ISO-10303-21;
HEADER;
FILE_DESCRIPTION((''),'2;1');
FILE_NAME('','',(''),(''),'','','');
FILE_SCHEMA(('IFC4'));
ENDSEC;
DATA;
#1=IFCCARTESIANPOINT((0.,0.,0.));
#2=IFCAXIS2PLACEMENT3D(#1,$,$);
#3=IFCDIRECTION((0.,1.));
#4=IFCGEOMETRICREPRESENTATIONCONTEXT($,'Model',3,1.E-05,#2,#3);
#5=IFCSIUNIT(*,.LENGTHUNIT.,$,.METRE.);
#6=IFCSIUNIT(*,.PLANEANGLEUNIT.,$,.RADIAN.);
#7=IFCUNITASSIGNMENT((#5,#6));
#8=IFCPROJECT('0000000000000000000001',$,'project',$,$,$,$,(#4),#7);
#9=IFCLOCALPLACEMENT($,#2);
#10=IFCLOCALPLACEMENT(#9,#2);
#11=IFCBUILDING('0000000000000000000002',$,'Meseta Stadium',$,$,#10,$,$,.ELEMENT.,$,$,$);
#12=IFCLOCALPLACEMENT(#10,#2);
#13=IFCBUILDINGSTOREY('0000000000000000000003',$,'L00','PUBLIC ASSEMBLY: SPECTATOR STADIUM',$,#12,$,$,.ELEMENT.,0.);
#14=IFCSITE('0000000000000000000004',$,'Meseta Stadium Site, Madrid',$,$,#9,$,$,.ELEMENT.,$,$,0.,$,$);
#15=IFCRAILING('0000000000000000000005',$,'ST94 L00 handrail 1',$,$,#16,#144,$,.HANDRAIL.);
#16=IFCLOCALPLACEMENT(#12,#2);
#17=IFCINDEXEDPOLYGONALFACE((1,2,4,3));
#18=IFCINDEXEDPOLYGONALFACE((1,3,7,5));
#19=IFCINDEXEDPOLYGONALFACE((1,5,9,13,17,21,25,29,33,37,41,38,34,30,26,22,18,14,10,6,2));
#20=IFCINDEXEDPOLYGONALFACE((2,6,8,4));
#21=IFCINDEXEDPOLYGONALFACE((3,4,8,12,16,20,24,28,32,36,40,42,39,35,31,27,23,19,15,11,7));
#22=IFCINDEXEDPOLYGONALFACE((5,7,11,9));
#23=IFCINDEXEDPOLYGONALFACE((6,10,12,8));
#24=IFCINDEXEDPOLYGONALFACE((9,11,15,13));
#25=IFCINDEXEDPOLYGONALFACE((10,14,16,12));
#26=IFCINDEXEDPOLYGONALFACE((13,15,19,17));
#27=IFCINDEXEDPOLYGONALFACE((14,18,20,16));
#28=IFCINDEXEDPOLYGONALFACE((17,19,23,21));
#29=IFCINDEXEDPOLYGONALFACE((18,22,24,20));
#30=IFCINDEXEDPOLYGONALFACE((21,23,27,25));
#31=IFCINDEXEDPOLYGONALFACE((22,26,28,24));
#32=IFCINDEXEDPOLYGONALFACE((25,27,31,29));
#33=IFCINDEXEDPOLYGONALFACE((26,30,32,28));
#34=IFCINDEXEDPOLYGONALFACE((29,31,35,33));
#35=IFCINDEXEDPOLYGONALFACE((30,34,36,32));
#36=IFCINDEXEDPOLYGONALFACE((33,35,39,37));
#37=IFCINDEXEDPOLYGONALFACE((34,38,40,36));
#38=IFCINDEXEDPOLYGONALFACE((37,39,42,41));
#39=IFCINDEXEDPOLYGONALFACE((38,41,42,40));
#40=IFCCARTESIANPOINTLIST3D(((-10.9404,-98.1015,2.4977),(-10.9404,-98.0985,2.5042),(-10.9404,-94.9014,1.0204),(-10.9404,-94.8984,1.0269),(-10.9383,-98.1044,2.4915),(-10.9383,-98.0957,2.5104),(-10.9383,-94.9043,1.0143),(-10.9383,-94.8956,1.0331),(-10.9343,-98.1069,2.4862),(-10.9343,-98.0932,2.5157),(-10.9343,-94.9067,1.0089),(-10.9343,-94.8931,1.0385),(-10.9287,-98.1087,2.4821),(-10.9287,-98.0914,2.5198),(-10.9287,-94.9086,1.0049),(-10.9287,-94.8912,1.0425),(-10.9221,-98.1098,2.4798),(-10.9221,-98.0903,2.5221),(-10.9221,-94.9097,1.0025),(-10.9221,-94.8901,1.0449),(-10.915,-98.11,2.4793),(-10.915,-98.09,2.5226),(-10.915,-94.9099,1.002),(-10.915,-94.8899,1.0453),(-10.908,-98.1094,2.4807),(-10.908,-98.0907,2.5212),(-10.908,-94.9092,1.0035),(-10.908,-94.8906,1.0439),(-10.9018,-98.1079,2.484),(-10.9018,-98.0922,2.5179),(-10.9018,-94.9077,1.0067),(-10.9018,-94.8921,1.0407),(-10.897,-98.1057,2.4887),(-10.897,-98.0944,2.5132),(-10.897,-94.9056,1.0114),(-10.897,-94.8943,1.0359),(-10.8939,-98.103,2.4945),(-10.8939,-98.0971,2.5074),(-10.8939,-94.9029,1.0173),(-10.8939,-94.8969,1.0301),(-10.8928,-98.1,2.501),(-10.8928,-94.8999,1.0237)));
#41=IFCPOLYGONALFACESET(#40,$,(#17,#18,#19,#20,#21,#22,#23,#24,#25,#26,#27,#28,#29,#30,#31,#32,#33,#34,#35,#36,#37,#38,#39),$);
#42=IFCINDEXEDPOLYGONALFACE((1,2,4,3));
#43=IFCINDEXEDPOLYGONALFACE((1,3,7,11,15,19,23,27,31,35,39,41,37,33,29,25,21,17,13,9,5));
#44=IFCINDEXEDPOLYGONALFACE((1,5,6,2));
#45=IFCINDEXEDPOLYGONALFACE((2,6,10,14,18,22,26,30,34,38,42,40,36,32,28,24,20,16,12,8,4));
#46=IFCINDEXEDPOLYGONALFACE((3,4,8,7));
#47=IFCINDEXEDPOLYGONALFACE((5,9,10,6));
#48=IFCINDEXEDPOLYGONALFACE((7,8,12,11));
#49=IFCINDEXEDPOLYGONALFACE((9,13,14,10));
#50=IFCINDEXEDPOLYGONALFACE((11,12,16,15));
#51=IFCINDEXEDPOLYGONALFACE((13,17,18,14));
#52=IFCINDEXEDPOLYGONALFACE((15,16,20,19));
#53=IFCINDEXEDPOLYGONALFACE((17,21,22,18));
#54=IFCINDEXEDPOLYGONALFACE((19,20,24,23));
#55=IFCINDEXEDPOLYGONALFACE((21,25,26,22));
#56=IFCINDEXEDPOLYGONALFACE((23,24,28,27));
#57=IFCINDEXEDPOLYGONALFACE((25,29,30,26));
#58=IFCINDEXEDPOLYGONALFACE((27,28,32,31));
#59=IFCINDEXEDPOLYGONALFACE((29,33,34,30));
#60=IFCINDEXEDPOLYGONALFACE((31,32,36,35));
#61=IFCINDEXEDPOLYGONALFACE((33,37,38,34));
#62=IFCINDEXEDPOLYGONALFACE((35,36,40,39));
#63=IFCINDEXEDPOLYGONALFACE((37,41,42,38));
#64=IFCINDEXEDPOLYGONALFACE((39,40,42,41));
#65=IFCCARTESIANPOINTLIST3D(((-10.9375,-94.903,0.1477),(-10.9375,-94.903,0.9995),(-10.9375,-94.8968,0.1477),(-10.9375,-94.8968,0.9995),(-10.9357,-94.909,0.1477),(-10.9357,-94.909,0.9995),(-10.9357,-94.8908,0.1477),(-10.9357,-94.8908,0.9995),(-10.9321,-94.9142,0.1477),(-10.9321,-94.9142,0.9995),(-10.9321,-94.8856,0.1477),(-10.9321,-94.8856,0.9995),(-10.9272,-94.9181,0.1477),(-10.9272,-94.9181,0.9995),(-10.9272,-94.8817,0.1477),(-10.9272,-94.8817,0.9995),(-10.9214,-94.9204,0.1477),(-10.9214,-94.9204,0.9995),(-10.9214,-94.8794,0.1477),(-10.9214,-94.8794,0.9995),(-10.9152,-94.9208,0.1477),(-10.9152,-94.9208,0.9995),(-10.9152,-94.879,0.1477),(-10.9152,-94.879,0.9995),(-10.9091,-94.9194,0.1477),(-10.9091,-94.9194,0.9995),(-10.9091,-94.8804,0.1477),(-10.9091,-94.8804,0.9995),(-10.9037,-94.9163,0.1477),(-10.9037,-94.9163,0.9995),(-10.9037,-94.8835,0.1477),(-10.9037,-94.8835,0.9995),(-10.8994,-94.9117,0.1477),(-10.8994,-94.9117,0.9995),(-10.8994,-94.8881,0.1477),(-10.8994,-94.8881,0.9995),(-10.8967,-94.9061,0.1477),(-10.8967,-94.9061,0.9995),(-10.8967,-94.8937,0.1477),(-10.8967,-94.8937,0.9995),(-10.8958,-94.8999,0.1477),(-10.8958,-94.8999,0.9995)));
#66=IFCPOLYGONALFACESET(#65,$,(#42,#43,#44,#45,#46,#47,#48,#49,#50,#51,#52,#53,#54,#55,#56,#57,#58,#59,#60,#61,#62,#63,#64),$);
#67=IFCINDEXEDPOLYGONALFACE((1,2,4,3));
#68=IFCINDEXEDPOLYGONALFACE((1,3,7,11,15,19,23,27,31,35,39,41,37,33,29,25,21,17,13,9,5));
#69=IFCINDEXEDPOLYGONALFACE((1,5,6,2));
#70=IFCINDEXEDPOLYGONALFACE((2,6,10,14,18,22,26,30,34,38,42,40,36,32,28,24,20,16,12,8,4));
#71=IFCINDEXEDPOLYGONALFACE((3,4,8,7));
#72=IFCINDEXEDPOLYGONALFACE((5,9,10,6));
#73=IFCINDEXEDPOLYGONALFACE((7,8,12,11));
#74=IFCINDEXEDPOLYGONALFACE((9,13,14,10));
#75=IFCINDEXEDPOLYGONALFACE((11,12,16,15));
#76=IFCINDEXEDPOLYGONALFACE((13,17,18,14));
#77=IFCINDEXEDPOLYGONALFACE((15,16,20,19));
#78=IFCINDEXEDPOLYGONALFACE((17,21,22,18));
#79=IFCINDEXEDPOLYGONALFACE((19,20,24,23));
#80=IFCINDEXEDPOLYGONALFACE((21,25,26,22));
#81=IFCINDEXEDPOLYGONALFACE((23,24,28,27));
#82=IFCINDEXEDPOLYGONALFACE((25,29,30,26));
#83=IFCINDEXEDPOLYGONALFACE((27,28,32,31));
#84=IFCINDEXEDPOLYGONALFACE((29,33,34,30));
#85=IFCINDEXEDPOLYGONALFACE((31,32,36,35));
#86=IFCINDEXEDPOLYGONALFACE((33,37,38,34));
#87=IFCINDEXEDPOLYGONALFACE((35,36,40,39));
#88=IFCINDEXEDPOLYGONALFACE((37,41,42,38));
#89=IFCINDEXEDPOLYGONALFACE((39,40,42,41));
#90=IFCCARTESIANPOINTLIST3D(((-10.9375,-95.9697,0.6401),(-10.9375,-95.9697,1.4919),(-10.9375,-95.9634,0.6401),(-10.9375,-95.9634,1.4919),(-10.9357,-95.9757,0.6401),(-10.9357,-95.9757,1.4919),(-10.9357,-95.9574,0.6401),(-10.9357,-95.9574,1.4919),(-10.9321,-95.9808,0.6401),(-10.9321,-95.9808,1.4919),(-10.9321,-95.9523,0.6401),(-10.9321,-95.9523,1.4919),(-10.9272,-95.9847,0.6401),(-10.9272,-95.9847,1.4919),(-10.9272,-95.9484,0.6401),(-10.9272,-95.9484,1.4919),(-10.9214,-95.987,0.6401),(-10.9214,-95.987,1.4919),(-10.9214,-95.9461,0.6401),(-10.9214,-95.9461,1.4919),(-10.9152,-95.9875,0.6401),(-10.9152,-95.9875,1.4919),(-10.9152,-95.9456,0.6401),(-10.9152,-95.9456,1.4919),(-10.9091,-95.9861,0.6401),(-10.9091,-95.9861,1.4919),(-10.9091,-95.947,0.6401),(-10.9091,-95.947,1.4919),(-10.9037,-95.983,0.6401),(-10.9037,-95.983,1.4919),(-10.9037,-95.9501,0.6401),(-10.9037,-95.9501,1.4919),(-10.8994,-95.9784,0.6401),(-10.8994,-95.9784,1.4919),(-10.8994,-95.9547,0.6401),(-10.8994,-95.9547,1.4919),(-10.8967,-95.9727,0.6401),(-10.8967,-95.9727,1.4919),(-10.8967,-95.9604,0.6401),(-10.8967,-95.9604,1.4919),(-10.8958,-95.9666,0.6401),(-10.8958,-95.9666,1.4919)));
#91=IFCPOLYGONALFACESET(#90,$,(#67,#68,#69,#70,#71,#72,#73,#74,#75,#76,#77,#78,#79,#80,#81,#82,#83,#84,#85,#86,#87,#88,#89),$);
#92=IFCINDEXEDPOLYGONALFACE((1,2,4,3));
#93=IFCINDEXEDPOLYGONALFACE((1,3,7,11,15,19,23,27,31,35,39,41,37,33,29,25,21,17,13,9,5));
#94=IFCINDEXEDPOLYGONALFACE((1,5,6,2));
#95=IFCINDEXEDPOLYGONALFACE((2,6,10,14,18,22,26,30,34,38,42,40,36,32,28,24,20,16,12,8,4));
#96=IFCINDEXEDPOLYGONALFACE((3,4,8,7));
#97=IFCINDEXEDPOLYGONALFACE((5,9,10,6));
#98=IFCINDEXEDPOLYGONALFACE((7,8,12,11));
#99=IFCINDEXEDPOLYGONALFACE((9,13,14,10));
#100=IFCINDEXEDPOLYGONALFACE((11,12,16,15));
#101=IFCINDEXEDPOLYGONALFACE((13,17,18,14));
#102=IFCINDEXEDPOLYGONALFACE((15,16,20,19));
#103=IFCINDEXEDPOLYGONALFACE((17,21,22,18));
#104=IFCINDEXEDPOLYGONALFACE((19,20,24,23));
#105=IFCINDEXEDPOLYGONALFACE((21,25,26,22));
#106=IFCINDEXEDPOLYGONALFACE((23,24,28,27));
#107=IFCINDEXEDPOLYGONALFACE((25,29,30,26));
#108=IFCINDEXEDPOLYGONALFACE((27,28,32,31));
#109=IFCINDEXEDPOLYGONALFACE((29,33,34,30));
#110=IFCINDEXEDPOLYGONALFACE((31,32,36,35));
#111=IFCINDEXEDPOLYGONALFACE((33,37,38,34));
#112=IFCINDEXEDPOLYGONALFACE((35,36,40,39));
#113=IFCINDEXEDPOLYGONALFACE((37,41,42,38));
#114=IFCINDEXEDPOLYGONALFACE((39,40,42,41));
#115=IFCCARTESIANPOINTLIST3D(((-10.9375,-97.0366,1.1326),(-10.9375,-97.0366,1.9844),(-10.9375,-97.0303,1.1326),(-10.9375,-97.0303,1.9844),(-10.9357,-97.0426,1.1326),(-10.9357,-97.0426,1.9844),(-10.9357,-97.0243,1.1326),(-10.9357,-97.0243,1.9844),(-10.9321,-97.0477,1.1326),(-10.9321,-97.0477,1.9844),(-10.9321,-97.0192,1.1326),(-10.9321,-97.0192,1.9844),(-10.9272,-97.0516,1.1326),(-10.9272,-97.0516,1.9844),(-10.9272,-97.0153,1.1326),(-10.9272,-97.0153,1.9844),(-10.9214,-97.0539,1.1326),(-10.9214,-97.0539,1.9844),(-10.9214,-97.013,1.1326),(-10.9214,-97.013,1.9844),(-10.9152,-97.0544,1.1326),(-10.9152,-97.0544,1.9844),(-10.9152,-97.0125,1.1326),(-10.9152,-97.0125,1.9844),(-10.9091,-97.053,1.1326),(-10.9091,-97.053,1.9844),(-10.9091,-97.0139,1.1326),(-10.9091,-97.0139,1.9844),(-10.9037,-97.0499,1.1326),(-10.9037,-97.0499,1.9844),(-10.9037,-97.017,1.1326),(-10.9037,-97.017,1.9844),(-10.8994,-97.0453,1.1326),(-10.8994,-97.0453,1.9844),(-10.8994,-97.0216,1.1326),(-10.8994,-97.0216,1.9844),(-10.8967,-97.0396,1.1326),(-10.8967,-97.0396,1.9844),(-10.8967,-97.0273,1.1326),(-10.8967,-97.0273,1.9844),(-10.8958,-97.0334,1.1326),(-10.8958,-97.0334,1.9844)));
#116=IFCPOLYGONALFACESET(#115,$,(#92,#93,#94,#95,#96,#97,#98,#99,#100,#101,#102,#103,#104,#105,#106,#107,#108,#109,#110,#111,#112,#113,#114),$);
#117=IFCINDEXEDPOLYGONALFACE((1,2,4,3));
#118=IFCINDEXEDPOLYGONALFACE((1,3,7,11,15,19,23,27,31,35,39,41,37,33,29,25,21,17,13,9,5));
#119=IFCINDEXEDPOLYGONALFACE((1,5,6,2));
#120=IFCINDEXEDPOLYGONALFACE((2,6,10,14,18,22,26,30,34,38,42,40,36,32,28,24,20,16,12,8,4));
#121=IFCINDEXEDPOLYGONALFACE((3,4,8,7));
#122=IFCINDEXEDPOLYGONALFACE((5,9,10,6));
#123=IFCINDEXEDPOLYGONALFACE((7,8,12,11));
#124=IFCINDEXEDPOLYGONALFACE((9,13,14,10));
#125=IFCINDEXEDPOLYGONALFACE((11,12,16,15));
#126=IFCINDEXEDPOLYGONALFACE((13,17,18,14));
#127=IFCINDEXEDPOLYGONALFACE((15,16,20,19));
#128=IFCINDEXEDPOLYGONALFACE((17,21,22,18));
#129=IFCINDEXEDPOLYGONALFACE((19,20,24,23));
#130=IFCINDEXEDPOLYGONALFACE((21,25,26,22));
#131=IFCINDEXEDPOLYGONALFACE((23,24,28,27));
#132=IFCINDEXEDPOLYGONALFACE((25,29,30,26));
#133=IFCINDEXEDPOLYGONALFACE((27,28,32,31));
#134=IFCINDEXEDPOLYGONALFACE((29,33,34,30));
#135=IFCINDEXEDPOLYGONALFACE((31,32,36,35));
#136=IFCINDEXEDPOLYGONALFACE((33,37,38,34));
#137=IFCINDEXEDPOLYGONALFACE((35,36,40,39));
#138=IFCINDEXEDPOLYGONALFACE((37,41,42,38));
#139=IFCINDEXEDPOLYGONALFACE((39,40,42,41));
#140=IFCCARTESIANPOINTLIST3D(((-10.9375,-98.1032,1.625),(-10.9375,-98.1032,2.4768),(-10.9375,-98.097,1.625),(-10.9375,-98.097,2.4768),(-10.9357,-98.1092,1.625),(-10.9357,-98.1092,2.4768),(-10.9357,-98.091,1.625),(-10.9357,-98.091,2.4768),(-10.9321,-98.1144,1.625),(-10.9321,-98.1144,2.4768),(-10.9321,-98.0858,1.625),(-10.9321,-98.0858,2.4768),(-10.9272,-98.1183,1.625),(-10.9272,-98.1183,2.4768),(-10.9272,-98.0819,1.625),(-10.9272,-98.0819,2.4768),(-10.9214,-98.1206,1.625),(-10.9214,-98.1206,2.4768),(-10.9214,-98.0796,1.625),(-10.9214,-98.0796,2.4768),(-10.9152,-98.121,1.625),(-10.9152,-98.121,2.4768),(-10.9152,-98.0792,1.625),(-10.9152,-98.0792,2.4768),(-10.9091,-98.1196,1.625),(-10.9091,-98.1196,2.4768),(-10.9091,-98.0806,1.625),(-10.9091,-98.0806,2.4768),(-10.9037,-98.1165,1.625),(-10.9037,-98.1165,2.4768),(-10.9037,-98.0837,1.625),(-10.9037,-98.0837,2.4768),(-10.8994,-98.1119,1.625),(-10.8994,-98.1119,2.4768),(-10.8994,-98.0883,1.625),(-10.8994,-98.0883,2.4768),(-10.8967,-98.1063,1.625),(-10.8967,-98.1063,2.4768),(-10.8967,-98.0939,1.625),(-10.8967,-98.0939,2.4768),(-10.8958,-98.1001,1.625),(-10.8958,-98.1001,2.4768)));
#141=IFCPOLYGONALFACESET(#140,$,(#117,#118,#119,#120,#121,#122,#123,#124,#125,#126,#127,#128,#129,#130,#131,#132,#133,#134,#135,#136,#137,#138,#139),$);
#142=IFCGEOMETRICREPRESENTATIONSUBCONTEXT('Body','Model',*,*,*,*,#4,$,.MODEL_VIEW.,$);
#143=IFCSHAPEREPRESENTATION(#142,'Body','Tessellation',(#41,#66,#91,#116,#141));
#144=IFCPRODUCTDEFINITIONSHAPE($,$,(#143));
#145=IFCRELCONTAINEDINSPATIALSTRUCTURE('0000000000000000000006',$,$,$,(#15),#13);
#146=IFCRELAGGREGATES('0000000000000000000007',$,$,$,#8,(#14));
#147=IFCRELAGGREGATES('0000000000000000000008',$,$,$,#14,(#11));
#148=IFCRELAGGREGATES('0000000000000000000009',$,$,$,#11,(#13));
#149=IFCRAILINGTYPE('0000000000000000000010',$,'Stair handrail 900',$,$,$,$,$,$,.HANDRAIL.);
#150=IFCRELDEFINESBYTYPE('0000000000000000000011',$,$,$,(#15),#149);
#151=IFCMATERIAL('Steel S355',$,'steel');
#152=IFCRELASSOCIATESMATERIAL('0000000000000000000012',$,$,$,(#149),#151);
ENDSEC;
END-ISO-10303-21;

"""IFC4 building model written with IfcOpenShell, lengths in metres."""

from ifc_helpers import new_model, si_unit, direction, frame, origin, origin_2d, place, context, subcontext, project, spatial, circle, extrude, material, type_object, element, save


model = new_model("IFC4")

# Units and contexts
model_context = context("Model", 3, precision=1e-05, world=origin(), true_north=direction((0.0, 1.0)))
body_context = subcontext(model_context, "Body", "Model", "MODEL_VIEW")
ifc_project = project(units=[si_unit("LENGTHUNIT", "METRE"), si_unit("PLANEANGLEUNIT", "RADIAN")], contexts=[model_context])

# Site, building, storey
site_placement = place(None, origin())
site = spatial("IfcSite", under=ifc_project, at=site_placement, Name="Meseta Stadium Site, Madrid", CompositionType="ELEMENT", RefElevation=0.0)
building_placement = place(site_placement, origin())
building = spatial("IfcBuilding", under=site, at=building_placement, Name="Meseta Stadium", CompositionType="ELEMENT")
storey_placement = place(building_placement, origin())
storey = spatial("IfcBuildingStorey", under=building, at=storey_placement, Name="L00", Description="PUBLIC ASSEMBLY: SPECTATOR STADIUM", CompositionType="ELEMENT", Elevation=0.0)

# Railing
ifc_material_1 = material(Name="Steel S355", Category="steel")
railing_type_1 = type_object("IfcRailingType", Name="Stair handrail 900", PredefinedType="HANDRAIL", material=ifc_material_1)
railing_1_placement = place(storey_placement, frame((-10.9167, -94.8999, 0.1477)))
element("IfcRailing", 1, at=railing_1_placement, inside=storey, type_object=railing_type_1, Name="ST94 L00 handrail 1", PredefinedType="HANDRAIL", context=body_context, shape_type="SweptSolid", body=[
    extrude(circle(Radius=0.0239, at=origin_2d()), frame((0.0, 0.0, 0.876), z_axis=(0.0, -0.907929, 0.419124), x_axis=(1.0, 0.0, 0.0)), (0.0, 0.0, 1.0), 3.5247),
    extrude(circle(Radius=0.021, at=origin_2d()), origin(), (0.0, 0.0, 1.0), 0.8518),
    extrude(circle(Radius=0.021, at=origin_2d()), frame((0.0, -1.0667, 0.4924)), (0.0, 0.0, 1.0), 0.8518),
    extrude(circle(Radius=0.021, at=origin_2d()), frame((0.0, -2.1335, 0.9849)), (0.0, 0.0, 1.0), 0.8518),
    extrude(circle(Radius=0.021, at=origin_2d()), frame((0.0, -3.2002, 1.4773)), (0.0, 0.0, 1.0), 0.8518),
])

save(model, "model.ifc")
